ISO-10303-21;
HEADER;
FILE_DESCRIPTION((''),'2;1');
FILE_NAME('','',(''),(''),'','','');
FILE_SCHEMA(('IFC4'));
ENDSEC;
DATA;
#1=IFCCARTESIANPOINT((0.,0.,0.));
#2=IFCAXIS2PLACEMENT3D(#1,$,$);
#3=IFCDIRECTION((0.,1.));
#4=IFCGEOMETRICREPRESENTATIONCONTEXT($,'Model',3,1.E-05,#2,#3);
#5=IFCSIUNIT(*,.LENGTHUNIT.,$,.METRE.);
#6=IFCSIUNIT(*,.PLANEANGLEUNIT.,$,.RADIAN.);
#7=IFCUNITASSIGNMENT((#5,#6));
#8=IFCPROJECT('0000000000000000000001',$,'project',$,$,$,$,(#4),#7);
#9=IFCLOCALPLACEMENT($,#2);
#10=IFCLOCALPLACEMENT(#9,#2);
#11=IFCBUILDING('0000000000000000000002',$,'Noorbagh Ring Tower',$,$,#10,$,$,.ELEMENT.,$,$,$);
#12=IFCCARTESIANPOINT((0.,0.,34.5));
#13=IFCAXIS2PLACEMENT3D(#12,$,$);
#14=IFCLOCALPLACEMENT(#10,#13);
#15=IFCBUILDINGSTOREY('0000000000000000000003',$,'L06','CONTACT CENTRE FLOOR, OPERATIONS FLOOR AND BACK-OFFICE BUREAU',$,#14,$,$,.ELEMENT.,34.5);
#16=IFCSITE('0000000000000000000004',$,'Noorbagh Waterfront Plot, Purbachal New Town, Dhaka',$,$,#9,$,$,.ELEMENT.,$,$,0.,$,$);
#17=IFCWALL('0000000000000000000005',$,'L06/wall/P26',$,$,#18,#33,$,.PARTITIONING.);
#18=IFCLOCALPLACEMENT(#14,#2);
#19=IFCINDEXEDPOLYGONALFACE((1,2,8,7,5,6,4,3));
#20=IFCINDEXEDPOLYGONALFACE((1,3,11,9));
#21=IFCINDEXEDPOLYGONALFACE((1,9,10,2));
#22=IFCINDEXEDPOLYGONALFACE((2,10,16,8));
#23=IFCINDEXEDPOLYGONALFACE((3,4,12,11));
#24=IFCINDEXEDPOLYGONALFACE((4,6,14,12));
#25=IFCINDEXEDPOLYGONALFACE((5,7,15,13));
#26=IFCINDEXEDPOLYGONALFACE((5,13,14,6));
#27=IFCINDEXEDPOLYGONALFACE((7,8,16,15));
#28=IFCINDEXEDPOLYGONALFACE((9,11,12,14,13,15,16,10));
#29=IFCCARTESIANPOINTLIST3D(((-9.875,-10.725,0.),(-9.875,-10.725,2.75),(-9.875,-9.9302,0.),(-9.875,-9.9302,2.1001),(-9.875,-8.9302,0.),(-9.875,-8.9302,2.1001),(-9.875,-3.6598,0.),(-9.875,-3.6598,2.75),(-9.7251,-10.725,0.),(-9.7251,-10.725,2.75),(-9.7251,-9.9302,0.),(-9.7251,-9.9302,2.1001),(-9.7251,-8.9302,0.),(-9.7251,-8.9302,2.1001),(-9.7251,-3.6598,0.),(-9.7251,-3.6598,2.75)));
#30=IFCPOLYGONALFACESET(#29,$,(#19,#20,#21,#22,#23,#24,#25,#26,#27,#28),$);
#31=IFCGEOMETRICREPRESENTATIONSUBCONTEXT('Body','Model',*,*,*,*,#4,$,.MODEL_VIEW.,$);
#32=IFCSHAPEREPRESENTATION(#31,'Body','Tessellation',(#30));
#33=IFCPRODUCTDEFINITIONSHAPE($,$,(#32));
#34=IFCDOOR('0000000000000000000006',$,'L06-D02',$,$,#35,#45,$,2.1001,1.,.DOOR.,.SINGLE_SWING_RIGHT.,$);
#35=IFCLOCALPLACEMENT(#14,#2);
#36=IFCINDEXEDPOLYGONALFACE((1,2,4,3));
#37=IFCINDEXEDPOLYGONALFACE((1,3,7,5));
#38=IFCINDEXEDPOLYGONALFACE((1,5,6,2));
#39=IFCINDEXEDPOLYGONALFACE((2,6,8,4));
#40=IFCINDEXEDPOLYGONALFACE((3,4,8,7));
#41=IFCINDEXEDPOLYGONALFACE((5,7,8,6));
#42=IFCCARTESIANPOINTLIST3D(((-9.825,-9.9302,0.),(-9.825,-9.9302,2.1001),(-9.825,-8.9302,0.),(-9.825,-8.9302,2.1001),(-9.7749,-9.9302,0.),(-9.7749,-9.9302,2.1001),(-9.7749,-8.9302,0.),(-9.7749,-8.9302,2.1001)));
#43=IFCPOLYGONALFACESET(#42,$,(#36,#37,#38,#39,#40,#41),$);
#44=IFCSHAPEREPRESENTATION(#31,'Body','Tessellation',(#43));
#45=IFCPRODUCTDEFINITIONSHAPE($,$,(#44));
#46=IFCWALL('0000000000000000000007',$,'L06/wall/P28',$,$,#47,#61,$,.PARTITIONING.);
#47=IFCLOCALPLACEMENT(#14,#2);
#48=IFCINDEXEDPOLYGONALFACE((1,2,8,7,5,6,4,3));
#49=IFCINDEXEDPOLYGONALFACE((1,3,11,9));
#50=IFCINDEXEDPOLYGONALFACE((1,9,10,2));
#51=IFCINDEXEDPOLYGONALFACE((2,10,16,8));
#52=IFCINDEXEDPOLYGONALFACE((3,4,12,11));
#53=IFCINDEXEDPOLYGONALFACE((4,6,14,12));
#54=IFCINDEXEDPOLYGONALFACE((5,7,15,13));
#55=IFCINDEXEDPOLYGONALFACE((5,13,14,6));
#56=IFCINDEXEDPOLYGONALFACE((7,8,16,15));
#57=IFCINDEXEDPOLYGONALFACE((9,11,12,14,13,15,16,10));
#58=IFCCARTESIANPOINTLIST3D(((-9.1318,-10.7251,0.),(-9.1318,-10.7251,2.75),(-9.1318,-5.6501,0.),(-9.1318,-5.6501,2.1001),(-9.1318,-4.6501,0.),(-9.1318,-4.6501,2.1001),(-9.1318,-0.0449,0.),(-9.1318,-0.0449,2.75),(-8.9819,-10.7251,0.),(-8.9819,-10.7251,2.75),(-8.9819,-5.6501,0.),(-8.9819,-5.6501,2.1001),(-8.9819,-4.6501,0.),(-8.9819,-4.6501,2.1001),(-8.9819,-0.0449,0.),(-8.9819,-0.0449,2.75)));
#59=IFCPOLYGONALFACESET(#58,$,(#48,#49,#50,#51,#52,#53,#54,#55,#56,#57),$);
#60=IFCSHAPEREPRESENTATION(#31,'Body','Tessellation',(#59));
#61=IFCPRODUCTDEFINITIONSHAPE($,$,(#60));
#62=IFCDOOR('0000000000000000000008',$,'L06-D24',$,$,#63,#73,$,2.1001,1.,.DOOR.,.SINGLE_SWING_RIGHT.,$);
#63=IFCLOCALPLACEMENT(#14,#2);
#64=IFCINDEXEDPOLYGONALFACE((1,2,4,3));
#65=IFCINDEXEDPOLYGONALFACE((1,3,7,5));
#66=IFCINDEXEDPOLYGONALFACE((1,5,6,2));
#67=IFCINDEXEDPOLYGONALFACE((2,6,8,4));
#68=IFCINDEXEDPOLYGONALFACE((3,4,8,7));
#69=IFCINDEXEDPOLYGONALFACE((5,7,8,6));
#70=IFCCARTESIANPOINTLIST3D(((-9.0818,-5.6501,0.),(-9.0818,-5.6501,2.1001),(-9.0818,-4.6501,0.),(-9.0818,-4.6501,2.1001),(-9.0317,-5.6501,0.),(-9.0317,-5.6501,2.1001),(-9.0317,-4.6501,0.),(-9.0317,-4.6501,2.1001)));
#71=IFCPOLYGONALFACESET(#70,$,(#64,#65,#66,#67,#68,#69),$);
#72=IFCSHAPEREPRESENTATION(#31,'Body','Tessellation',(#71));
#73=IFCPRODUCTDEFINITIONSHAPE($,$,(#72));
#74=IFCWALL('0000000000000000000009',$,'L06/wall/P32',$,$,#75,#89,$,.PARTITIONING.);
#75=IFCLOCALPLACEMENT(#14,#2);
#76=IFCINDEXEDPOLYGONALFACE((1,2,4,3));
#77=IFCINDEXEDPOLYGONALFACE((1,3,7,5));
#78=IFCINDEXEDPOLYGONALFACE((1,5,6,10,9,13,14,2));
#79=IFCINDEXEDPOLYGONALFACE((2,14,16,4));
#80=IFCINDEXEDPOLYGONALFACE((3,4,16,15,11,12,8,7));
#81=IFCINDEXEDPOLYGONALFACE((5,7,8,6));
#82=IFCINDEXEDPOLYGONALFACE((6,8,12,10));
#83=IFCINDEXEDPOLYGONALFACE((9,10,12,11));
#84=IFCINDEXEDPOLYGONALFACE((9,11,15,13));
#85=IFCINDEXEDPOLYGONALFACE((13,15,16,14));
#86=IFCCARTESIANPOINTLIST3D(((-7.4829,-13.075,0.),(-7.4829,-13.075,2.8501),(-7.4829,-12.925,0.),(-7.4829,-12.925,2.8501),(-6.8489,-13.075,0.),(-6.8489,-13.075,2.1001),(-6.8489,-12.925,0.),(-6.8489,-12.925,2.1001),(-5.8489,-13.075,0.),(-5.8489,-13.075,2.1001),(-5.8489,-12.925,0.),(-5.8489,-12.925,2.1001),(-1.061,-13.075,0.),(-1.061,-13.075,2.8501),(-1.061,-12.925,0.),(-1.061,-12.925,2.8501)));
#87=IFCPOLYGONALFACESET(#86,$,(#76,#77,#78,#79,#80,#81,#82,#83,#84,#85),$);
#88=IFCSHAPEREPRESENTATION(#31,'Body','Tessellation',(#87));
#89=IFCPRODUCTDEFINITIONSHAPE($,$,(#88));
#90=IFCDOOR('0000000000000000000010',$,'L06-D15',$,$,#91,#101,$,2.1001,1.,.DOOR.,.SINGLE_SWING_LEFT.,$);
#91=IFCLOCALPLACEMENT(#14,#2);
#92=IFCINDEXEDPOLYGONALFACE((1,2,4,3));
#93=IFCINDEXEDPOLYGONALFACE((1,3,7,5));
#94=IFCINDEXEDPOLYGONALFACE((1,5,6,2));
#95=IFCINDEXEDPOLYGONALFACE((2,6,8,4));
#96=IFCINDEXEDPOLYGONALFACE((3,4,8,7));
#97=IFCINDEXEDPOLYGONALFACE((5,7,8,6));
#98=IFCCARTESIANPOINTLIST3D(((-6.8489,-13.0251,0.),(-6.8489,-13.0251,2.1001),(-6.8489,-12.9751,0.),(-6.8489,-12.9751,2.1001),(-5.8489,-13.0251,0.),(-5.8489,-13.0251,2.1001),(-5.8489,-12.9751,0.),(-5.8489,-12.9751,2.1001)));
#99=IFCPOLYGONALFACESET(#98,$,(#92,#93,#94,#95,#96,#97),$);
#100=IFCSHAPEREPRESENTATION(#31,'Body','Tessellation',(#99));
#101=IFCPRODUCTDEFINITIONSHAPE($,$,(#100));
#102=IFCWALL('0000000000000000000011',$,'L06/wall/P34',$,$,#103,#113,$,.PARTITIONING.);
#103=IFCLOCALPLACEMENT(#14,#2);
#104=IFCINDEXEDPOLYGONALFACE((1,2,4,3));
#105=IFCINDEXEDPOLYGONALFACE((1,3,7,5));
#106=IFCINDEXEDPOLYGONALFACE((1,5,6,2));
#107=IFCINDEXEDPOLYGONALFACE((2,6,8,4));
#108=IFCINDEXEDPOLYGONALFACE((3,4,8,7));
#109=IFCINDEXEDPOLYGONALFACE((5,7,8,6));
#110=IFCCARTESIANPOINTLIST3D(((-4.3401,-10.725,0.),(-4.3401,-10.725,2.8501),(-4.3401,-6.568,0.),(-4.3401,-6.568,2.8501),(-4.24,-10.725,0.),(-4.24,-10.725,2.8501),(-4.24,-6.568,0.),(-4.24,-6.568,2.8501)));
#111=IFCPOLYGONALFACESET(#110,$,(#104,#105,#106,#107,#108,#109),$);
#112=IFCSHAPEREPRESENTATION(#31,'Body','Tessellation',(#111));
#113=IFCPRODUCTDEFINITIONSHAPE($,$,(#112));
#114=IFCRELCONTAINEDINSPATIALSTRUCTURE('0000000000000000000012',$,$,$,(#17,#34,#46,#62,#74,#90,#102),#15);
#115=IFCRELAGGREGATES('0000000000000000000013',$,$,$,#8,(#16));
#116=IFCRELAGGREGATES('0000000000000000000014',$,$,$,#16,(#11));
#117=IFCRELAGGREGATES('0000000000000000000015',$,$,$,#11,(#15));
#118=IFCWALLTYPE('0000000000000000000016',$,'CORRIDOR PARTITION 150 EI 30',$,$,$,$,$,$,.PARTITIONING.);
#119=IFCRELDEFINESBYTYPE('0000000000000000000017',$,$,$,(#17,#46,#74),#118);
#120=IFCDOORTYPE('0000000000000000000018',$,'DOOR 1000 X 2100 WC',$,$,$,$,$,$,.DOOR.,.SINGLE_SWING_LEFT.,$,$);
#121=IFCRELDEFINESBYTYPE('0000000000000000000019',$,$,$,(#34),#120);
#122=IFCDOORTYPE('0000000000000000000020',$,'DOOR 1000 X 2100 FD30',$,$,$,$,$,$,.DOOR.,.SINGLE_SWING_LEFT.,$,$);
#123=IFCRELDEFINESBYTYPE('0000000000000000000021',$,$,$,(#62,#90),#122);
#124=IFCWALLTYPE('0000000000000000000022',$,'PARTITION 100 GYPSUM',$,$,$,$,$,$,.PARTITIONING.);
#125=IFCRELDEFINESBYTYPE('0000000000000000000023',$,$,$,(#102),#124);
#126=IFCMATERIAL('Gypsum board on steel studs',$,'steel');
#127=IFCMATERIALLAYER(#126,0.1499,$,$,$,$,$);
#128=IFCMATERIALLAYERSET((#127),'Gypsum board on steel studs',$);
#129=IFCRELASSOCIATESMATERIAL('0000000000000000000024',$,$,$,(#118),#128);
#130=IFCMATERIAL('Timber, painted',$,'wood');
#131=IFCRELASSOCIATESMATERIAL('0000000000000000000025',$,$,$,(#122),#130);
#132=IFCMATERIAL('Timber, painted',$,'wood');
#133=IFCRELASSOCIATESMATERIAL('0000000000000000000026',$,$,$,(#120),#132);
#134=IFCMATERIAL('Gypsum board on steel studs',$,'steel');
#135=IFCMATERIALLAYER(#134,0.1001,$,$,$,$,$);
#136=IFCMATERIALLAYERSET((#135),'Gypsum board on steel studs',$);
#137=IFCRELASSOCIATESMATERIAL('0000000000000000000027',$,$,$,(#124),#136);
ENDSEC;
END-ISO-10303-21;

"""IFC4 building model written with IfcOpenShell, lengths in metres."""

from ifc_helpers import new_model, si_unit, direction, frame, frame_2d, origin, place, context, subcontext, project, spatial, rectangle, extrude, material, layer, layer_set, type_object, element, fill, save


model = new_model("IFC4")

# Units and contexts
model_context = context("Model", 3, precision=1e-05, world=origin(), true_north=direction((0.0, 1.0)))
body_context = subcontext(model_context, "Body", "Model", "MODEL_VIEW")
ifc_project = project(units=[si_unit("LENGTHUNIT", "METRE"), si_unit("PLANEANGLEUNIT", "RADIAN")], contexts=[model_context])

# Site, building, storey
site_placement = place(None, origin())
site = spatial("IfcSite", under=ifc_project, at=site_placement, Name="Noorbagh Waterfront Plot, Purbachal New Town, Dhaka", CompositionType="ELEMENT", RefElevation=0.0)
building_placement = place(site_placement, origin())
building = spatial("IfcBuilding", under=site, at=building_placement, Name="Noorbagh Ring Tower", CompositionType="ELEMENT")
storey_placement = place(building_placement, frame((0.0, 0.0, 34.5)))
storey = spatial("IfcBuildingStorey", under=building, at=storey_placement, Name="L06", Description="CONTACT CENTRE FLOOR, OPERATIONS FLOOR AND BACK-OFFICE BUREAU", CompositionType="ELEMENT", Elevation=34.5)

# Shared definitions
ifc_material_1 = material(Name="Gypsum board on steel studs", Category="steel")
ifc_layer_1 = layer(ifc_material_1, 0.1499)
ifc_layer_set_1 = layer_set([ifc_layer_1], Name="Gypsum board on steel studs")
wall_type_1 = type_object("IfcWallType", Name="CORRIDOR PARTITION 150 EI 30", PredefinedType="PARTITIONING", material=ifc_layer_set_1)

# Shared definitions
ifc_material_2 = material(Name="Timber, painted", Category="wood")
door_type_1 = type_object("IfcDoorType", Name="DOOR 1000 X 2100 FD30", OperationType="SINGLE_SWING_LEFT", PredefinedType="DOOR", material=ifc_material_2)

# Shared definitions
ifc_material_3 = material(Name="Timber, painted", Category="wood")
door_type_2 = type_object("IfcDoorType", Name="DOOR 1000 X 2100 WC", OperationType="SINGLE_SWING_LEFT", PredefinedType="DOOR", material=ifc_material_3)

# Walls, openings, doors
wall_1_placement = place(storey_placement, frame((-9.8, -10.7251, 0.0), z_axis=(0.0, 0.0, 1.0), x_axis=(0.0, 1.0, 0.0)))
wall_1 = element("IfcWall", 1, at=wall_1_placement, inside=storey, type_object=wall_type_1, Name="L06/wall/P26", PredefinedType="PARTITIONING", context=body_context, shape_type="SweptSolid", body=[
    extrude(rectangle(XDim=7.0652, YDim=0.1499, at=frame_2d((3.5327, 0.0))), origin(), (0.0, 0.0, 1.0), 2.75),
])
opening_1_placement = place(wall_1_placement, frame((0.7949, 0.0, 0.0)))
opening_1 = element("IfcOpeningElement", 2, at=opening_1_placement, cuts=wall_1, PredefinedType="OPENING", context=body_context, shape_type="SweptSolid", body=[
    extrude(rectangle(XDim=1.0, YDim=2.1001, at=frame_2d((0.5, 1.05))), frame((0.0, 0.085, 0.0), z_axis=(0.0, -1.0, 0.0), x_axis=(1.0, 0.0, 0.0)), (0.0, 0.0, 1.0), 0.1699),
])
door_1_placement = place(opening_1_placement, origin())
door_1 = element("IfcDoor", 3, at=door_1_placement, inside=storey, type_object=door_type_2, Name="L06-D02", OperationType="SINGLE_SWING_RIGHT", OverallHeight=2.1001, OverallWidth=1.0, PredefinedType="DOOR", context=body_context, shape_type="SweptSolid", body=[
    extrude(rectangle(XDim=1.0, YDim=2.1001, at=frame_2d((0.5, 1.05))), frame((0.0, 0.0249, 0.0), z_axis=(0.0, -1.0, 0.0), x_axis=(1.0, 0.0, 0.0)), (0.0, 0.0, 1.0), 0.05),
])
fill(opening_1, door_1)
wall_2_placement = place(storey_placement, frame((-9.0569, -10.7251, 0.0), z_axis=(0.0, 0.0, 1.0), x_axis=(0.0, 1.0, 0.0)))
wall_2 = element("IfcWall", 4, at=wall_2_placement, inside=storey, type_object=wall_type_1, Name="L06/wall/P28", PredefinedType="PARTITIONING", context=body_context, shape_type="SweptSolid", body=[
    extrude(rectangle(XDim=10.6802, YDim=0.1499, at=frame_2d((5.3401, 0.0))), origin(), (0.0, 0.0, 1.0), 2.75),
])
opening_2_placement = place(wall_2_placement, frame((5.075, 0.0, 0.0)))
opening_2 = element("IfcOpeningElement", 5, at=opening_2_placement, cuts=wall_2, PredefinedType="OPENING", context=body_context, shape_type="SweptSolid", body=[
    extrude(rectangle(XDim=1.0, YDim=2.1001, at=frame_2d((0.5, 1.05))), frame((0.0, 0.085, 0.0), z_axis=(0.0, -1.0, 0.0), x_axis=(1.0, 0.0, 0.0)), (0.0, 0.0, 1.0), 0.1699),
])
door_2_placement = place(opening_2_placement, origin())
door_2 = element("IfcDoor", 6, at=door_2_placement, inside=storey, type_object=door_type_1, Name="L06-D24", OperationType="SINGLE_SWING_RIGHT", OverallHeight=2.1001, OverallWidth=1.0, PredefinedType="DOOR", context=body_context, shape_type="SweptSolid", body=[
    extrude(rectangle(XDim=1.0, YDim=2.1001, at=frame_2d((0.5, 1.05))), frame((0.0, 0.0249, 0.0), z_axis=(0.0, -1.0, 0.0), x_axis=(1.0, 0.0, 0.0)), (0.0, 0.0, 1.0), 0.05),
])
fill(opening_2, door_2)
wall_3_placement = place(storey_placement, frame((-7.4829, -13.0, 0.0), z_axis=(0.0, 0.0, 1.0), x_axis=(1.0, 0.0, 0.0)))
wall_3 = element("IfcWall", 7, at=wall_3_placement, inside=storey, type_object=wall_type_1, Name="L06/wall/P32", PredefinedType="PARTITIONING", context=body_context, shape_type="SweptSolid", body=[
    extrude(rectangle(XDim=6.4219, YDim=0.1499, at=frame_2d((3.2109, 0.0))), origin(), (0.0, 0.0, 1.0), 2.8501),
])
opening_3_placement = place(wall_3_placement, frame((0.634, 0.0, 0.0)))
opening_3 = element("IfcOpeningElement", 8, at=opening_3_placement, cuts=wall_3, PredefinedType="OPENING", context=body_context, shape_type="SweptSolid", body=[
    extrude(rectangle(XDim=1.0, YDim=2.1001, at=frame_2d((0.5, 1.05))), frame((0.0, 0.085, 0.0), z_axis=(0.0, -1.0, 0.0), x_axis=(1.0, 0.0, 0.0)), (0.0, 0.0, 1.0), 0.1699),
])
door_3_placement = place(opening_3_placement, origin())
door_3 = element("IfcDoor", 9, at=door_3_placement, inside=storey, type_object=door_type_1, Name="L06-D15", OperationType="SINGLE_SWING_LEFT", OverallHeight=2.1001, OverallWidth=1.0, PredefinedType="DOOR", context=body_context, shape_type="SweptSolid", body=[
    extrude(rectangle(XDim=1.0, YDim=2.1001, at=frame_2d((0.5, 1.05))), frame((0.0, 0.0249, 0.0), z_axis=(0.0, -1.0, 0.0), x_axis=(1.0, 0.0, 0.0)), (0.0, 0.0, 1.0), 0.05),
])
fill(opening_3, door_3)

# Wall
ifc_material_4 = material(Name="Gypsum board on steel studs", Category="steel")
ifc_layer_2 = layer(ifc_material_4, 0.1001)
ifc_layer_set_2 = layer_set([ifc_layer_2], Name="Gypsum board on steel studs")
wall_type_2 = type_object("IfcWallType", Name="PARTITION 100 GYPSUM", PredefinedType="PARTITIONING", material=ifc_layer_set_2)
wall_4_placement = place(storey_placement, frame((-4.29, -10.7251, 0.0), z_axis=(0.0, 0.0, 1.0), x_axis=(0.0, 1.0, 0.0)))
element("IfcWall", 10, at=wall_4_placement, inside=storey, type_object=wall_type_2, Name="L06/wall/P34", PredefinedType="PARTITIONING", context=body_context, shape_type="SweptSolid", body=[
    extrude(rectangle(XDim=4.157, YDim=0.1001, at=frame_2d((2.0786, 0.0))), origin(), (0.0, 0.0, 1.0), 2.8501),
])

save(model, "model.ifc")
